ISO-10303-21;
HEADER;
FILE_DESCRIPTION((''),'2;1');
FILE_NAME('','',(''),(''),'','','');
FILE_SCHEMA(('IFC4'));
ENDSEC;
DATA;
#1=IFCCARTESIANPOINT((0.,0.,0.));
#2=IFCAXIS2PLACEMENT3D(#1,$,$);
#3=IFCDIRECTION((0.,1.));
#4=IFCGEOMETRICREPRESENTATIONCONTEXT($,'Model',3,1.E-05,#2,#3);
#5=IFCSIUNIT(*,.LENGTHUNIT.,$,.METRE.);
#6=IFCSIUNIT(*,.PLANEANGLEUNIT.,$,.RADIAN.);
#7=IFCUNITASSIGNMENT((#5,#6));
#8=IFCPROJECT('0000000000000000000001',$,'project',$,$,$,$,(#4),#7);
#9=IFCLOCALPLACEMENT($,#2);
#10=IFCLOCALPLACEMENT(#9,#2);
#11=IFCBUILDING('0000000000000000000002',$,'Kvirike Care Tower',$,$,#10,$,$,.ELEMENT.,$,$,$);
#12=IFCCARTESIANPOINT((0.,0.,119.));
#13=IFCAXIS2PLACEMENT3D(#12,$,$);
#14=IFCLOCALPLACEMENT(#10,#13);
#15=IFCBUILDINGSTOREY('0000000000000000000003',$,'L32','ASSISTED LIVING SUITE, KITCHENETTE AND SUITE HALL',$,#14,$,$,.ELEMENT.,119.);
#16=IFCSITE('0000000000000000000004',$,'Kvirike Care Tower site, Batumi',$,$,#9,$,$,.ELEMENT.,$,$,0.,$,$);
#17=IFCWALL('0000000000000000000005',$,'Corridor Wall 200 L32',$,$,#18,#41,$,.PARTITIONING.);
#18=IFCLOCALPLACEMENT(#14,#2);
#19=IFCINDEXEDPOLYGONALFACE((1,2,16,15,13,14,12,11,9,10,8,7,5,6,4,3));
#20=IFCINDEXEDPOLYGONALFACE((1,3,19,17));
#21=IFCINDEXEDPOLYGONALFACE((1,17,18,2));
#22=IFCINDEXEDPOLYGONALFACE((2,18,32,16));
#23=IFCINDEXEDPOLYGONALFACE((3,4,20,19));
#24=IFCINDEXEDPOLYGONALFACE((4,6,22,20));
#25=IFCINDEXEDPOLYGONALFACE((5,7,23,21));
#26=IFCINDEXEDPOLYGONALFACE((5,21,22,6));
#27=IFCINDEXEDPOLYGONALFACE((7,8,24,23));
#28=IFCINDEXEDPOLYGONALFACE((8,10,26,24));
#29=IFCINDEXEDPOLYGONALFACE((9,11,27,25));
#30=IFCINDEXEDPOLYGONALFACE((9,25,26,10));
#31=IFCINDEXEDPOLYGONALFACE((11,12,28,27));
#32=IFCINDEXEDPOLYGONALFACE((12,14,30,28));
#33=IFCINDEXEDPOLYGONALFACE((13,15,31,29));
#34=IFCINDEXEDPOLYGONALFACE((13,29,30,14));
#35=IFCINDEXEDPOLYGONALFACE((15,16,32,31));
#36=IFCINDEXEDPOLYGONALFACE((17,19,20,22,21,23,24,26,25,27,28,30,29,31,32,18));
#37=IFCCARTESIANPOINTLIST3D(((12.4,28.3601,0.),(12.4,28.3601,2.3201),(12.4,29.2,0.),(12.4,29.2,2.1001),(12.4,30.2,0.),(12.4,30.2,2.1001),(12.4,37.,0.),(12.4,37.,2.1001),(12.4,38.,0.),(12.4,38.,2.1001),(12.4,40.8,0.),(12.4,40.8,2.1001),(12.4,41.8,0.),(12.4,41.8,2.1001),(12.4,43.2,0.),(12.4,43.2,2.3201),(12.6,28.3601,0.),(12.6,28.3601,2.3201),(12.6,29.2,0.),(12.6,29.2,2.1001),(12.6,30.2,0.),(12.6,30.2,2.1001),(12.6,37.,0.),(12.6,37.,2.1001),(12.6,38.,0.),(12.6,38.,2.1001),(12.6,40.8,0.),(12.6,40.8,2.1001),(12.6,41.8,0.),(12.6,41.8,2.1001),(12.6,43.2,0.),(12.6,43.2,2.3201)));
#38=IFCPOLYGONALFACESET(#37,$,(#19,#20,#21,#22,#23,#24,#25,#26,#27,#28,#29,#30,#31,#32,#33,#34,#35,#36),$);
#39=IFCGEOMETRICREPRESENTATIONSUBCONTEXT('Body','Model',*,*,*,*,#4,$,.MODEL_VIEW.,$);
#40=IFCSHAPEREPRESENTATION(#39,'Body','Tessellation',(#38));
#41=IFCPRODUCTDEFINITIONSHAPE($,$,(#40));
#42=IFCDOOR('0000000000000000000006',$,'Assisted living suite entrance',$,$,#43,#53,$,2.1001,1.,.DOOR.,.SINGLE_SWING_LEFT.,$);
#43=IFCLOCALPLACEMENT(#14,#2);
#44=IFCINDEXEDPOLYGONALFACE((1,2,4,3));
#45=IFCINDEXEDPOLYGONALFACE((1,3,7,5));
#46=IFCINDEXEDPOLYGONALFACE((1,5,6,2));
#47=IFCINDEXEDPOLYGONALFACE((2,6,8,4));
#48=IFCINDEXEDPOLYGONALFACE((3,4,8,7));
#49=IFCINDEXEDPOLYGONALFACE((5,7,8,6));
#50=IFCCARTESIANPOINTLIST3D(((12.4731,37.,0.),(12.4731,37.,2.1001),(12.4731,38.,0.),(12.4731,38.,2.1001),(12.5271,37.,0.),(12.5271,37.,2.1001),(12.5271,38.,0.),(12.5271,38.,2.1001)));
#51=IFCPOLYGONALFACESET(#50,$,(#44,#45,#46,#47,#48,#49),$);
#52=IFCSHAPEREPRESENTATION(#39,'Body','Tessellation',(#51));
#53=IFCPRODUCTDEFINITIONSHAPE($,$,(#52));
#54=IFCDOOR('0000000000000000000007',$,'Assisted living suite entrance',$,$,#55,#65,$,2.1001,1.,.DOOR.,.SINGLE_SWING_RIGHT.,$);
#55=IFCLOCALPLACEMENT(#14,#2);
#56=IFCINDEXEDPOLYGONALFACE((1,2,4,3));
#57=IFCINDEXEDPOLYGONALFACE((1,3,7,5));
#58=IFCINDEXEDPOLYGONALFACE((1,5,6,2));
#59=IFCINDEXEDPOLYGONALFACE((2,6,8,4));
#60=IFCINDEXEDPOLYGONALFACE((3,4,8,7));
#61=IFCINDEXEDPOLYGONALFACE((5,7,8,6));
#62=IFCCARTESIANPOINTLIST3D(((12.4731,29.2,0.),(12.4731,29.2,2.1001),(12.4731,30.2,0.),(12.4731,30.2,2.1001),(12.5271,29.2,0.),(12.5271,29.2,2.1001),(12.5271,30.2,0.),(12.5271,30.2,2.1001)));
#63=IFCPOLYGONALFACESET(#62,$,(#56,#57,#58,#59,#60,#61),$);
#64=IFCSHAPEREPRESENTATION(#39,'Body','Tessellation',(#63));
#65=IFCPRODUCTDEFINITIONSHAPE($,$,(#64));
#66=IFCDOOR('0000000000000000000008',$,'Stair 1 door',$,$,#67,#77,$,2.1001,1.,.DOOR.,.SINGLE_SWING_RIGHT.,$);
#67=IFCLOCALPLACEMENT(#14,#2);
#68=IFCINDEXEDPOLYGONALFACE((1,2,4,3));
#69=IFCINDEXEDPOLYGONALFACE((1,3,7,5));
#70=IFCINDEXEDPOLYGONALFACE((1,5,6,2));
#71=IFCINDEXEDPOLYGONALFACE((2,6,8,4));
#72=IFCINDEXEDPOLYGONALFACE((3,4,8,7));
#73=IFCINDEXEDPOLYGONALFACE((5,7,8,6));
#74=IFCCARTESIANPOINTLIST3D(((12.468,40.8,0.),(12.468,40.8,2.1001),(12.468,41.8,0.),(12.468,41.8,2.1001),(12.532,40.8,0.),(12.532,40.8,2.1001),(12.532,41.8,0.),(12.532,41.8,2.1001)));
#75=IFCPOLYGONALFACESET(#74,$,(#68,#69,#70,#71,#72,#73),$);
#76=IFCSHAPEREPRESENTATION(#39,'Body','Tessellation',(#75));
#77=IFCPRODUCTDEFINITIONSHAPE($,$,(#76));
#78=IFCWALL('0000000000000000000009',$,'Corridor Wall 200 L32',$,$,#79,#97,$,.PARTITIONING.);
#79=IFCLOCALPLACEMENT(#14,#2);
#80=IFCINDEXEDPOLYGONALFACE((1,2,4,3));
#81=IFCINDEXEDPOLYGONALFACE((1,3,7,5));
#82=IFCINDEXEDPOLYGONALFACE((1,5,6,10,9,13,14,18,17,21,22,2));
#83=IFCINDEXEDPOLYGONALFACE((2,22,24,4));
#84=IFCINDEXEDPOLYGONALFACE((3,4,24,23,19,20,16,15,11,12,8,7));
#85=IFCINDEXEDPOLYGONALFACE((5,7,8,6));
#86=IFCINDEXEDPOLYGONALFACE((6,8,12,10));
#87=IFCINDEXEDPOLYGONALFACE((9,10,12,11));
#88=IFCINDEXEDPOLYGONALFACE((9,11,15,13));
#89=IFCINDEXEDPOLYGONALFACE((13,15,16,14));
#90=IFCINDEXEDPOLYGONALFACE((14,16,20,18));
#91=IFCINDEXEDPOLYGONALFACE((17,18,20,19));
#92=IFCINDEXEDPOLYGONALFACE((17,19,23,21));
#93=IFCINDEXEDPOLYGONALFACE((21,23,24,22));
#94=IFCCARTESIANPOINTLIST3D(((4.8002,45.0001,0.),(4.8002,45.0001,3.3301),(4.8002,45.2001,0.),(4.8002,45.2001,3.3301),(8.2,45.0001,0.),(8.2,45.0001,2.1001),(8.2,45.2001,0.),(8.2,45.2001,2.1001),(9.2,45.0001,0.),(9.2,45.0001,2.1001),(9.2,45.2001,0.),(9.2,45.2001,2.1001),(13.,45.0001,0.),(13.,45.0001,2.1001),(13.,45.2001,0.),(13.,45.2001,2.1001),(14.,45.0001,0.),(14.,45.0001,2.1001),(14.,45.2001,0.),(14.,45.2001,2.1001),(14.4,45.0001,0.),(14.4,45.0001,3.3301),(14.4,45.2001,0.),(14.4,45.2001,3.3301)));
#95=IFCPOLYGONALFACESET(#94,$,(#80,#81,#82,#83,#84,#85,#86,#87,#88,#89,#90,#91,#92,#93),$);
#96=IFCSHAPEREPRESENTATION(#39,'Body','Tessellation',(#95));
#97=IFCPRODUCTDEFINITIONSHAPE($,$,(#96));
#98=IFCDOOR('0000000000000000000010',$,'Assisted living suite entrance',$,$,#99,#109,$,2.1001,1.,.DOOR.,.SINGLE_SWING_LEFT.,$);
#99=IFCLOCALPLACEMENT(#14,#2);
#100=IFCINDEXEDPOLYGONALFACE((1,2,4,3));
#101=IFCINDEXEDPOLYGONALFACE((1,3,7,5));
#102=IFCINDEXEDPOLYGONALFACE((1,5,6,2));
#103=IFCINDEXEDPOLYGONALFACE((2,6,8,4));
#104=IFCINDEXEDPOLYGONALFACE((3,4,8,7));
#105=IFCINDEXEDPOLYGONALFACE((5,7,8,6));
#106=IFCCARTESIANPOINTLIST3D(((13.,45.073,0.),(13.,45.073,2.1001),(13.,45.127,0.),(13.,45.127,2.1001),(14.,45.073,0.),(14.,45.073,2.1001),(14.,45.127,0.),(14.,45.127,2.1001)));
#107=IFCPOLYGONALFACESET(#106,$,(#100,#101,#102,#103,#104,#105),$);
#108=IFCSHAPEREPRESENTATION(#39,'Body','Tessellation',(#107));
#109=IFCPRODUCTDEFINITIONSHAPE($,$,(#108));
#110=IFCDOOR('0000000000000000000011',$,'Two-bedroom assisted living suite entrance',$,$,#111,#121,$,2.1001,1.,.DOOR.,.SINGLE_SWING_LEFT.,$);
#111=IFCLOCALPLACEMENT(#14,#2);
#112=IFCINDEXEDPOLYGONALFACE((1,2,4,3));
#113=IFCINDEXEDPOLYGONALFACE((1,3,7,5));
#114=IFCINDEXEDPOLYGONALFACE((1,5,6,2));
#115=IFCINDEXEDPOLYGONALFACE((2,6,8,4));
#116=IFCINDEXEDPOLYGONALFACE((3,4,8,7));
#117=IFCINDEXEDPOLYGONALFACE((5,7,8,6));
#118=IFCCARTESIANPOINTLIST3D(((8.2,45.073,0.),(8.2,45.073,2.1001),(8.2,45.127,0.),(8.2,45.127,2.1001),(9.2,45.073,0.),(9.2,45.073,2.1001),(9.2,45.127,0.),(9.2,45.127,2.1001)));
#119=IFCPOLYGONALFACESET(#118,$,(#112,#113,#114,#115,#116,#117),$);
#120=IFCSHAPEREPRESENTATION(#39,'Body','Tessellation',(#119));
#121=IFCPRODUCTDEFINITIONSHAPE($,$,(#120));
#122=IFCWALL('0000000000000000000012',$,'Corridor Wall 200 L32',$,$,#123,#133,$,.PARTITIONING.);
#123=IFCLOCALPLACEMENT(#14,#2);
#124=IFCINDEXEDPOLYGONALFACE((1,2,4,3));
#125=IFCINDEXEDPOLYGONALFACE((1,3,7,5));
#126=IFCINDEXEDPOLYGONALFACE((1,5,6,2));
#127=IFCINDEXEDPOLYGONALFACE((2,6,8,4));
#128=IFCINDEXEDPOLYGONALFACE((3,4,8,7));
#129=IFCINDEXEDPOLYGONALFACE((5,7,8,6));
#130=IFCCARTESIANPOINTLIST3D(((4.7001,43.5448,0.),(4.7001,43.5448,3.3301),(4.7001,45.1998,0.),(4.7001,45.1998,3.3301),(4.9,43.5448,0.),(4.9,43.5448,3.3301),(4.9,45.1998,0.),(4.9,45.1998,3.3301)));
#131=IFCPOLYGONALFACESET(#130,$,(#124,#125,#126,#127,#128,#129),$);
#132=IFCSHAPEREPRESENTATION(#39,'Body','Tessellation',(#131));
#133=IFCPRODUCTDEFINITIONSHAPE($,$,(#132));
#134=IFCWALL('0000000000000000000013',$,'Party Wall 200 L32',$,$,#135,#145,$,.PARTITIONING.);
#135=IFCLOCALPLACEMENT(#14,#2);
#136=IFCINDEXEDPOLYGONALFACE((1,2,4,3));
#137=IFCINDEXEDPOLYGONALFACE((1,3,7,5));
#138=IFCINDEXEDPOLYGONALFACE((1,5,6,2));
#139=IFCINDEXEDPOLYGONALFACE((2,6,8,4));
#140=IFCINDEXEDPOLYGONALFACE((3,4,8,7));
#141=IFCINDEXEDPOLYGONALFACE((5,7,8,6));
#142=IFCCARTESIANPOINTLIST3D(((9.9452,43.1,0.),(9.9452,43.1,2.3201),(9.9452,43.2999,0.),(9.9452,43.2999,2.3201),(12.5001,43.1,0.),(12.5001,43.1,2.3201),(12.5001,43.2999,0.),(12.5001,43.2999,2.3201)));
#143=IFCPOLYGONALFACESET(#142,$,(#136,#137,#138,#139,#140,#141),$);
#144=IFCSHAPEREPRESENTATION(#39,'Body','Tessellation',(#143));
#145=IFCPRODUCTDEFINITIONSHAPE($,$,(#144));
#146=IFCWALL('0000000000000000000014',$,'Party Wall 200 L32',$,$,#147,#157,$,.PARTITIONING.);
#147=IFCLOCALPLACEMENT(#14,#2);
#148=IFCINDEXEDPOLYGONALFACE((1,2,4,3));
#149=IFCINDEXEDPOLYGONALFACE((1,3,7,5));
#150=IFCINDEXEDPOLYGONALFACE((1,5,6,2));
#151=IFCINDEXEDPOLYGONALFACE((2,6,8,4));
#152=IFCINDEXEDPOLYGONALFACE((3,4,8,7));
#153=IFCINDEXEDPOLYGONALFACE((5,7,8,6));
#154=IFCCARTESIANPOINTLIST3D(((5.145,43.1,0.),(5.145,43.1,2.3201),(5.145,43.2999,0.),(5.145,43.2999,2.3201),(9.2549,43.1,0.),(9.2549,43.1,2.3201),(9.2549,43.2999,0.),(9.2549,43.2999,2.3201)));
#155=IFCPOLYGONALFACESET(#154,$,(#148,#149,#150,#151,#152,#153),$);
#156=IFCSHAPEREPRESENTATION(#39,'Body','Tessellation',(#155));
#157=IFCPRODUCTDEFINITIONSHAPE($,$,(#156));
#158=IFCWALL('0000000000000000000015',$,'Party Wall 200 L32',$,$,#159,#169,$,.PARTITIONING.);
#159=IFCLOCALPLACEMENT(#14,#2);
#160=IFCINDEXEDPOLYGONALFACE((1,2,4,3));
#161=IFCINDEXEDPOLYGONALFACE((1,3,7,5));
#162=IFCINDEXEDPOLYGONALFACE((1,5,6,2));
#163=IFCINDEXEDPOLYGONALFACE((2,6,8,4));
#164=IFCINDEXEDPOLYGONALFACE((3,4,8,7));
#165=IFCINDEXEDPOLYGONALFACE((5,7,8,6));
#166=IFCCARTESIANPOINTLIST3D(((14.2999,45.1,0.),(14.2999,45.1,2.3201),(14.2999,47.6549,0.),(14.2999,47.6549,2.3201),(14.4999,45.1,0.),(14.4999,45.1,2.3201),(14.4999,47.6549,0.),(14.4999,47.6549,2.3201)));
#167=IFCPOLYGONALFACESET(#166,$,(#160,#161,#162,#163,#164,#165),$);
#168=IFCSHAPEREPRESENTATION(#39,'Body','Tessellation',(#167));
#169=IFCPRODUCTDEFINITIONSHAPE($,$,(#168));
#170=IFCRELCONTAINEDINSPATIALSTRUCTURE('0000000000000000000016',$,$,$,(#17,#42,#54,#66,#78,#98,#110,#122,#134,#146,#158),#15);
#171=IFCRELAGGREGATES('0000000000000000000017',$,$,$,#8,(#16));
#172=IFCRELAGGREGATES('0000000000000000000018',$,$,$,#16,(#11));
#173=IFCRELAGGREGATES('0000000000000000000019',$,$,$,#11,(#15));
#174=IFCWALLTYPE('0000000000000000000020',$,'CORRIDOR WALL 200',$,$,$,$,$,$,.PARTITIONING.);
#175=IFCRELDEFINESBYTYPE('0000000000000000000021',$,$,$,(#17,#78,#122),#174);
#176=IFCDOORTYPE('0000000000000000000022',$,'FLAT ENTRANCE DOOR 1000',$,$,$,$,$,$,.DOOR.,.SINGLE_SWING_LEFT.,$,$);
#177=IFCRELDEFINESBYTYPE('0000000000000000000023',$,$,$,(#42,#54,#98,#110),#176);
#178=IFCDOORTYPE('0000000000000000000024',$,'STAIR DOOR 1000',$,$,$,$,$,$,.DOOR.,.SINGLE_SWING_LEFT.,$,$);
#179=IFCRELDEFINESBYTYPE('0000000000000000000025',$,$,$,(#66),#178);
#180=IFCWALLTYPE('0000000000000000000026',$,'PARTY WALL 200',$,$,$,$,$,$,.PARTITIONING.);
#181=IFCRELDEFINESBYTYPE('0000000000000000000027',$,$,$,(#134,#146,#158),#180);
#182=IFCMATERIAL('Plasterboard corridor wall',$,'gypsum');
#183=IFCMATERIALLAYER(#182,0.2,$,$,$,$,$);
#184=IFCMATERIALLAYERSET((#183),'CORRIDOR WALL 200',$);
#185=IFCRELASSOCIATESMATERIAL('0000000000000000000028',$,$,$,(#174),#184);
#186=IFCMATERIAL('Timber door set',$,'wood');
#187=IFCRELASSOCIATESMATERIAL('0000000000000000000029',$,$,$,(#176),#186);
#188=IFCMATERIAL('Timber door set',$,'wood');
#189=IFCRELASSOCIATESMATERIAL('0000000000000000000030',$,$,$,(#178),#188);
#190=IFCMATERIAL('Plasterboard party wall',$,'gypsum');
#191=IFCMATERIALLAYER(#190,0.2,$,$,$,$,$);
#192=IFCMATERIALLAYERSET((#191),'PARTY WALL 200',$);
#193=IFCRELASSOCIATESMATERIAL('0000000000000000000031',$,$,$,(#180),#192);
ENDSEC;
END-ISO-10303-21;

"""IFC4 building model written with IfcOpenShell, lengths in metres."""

from ifc_helpers import new_model, si_unit, direction, frame, frame_2d, origin, place, context, subcontext, project, spatial, rectangle, extrude, material, layer, layer_set, type_object, element, fill, save


model = new_model("IFC4")

# Units and contexts
model_context = context("Model", 3, precision=1e-05, world=origin(), true_north=direction((0.0, 1.0)))
body_context = subcontext(model_context, "Body", "Model", "MODEL_VIEW")
ifc_project = project(units=[si_unit("LENGTHUNIT", "METRE"), si_unit("PLANEANGLEUNIT", "RADIAN")], contexts=[model_context])

# Site, building, storey
site_placement = place(None, origin())
site = spatial("IfcSite", under=ifc_project, at=site_placement, Name="Kvirike Care Tower site, Batumi", CompositionType="ELEMENT", RefElevation=0.0)
building_placement = place(site_placement, origin())
building = spatial("IfcBuilding", under=site, at=building_placement, Name="Kvirike Care Tower", CompositionType="ELEMENT")
storey_placement = place(building_placement, frame((0.0, 0.0, 119.0)))
storey = spatial("IfcBuildingStorey", under=building, at=storey_placement, Name="L32", Description="ASSISTED LIVING SUITE, KITCHENETTE AND SUITE HALL", CompositionType="ELEMENT", Elevation=119.0)

# Walls, openings, doors
ifc_material_1 = material(Name="Plasterboard corridor wall", Category="gypsum")
ifc_layer_1 = layer(ifc_material_1, 0.2)
ifc_layer_set_1 = layer_set([ifc_layer_1], Name="CORRIDOR WALL 200")
wall_type_1 = type_object("IfcWallType", Name="CORRIDOR WALL 200", PredefinedType="PARTITIONING", material=ifc_layer_set_1)
wall_1_placement = place(storey_placement, frame((12.5, 43.2, 0.0), z_axis=(0.0, 0.0, 1.0), x_axis=(0.0, -1.0, 0.0)))
wall_1 = element("IfcWall", 1, at=wall_1_placement, inside=storey, type_object=wall_type_1, Name="Corridor Wall 200 L32", PredefinedType="PARTITIONING", context=body_context, shape_type="SweptSolid", body=[
    extrude(rectangle(XDim=14.8398, YDim=0.2, at=frame_2d((7.4199, 0.0))), origin(), (0.0, 0.0, 1.0), 2.3201),
])
opening_1_placement = place(wall_1_placement, frame((1.3999, 0.0, 0.0)))
opening_1 = element("IfcOpeningElement", 2, at=opening_1_placement, cuts=wall_1, PredefinedType="OPENING", context=body_context, shape_type="SweptSolid", body=[
    extrude(rectangle(XDim=1.0, YDim=2.1001, at=frame_2d((0.5, 1.05))), frame((0.0, 0.1106, 0.0), z_axis=(0.0, -1.0, 0.0), x_axis=(1.0, 0.0, 0.0)), (0.0, 0.0, 1.0), 0.2209),
])
opening_2_placement = place(wall_1_placement, frame((5.2, 0.0, 0.0)))
opening_2 = element("IfcOpeningElement", 3, at=opening_2_placement, cuts=wall_1, PredefinedType="OPENING", context=body_context, shape_type="SweptSolid", body=[
    extrude(rectangle(XDim=1.0, YDim=2.1001, at=frame_2d((0.5, 1.05))), frame((0.0, 0.1106, 0.0), z_axis=(0.0, -1.0, 0.0), x_axis=(1.0, 0.0, 0.0)), (0.0, 0.0, 1.0), 0.2209),
])
opening_3_placement = place(wall_1_placement, frame((13.0, 0.0, 0.0)))
opening_3 = element("IfcOpeningElement", 4, at=opening_3_placement, cuts=wall_1, PredefinedType="OPENING", context=body_context, shape_type="SweptSolid", body=[
    extrude(rectangle(XDim=1.0, YDim=2.1001, at=frame_2d((0.5, 1.05))), frame((0.0, 0.1106, 0.0), z_axis=(0.0, -1.0, 0.0), x_axis=(1.0, 0.0, 0.0)), (0.0, 0.0, 1.0), 0.2209),
])
ifc_material_2 = material(Name="Timber door set", Category="wood")
door_type_1 = type_object("IfcDoorType", Name="FLAT ENTRANCE DOOR 1000", OperationType="SINGLE_SWING_LEFT", PredefinedType="DOOR", material=ifc_material_2)
door_1_placement = place(opening_2_placement, frame((1.0, 0.0, 0.0), z_axis=(0.0, 0.0, 1.0), x_axis=(-1.0, 0.0, 0.0)))
door_1 = element("IfcDoor", 5, at=door_1_placement, inside=storey, type_object=door_type_1, Name="Assisted living suite entrance", OperationType="SINGLE_SWING_LEFT", OverallHeight=2.1001, OverallWidth=1.0, PredefinedType="DOOR", context=body_context, shape_type="SweptSolid", body=[
    extrude(rectangle(XDim=1.0, YDim=2.1001, at=frame_2d((0.5, 1.05))), frame((0.0, 0.0269, 0.0), z_axis=(0.0, -1.0, 0.0), x_axis=(1.0, 0.0, 0.0)), (0.0, 0.0, 1.0), 0.054),
])
fill(opening_2, door_1)
door_2_placement = place(opening_3_placement, frame((1.0, 0.0, 0.0), z_axis=(0.0, 0.0, 1.0), x_axis=(-1.0, 0.0, 0.0)))
door_2 = element("IfcDoor", 6, at=door_2_placement, inside=storey, type_object=door_type_1, Name="Assisted living suite entrance", OperationType="SINGLE_SWING_RIGHT", OverallHeight=2.1001, OverallWidth=1.0, PredefinedType="DOOR", context=body_context, shape_type="SweptSolid", body=[
    extrude(rectangle(XDim=1.0, YDim=2.1001, at=frame_2d((0.5, 1.05))), frame((0.0, 0.0269, 0.0), z_axis=(0.0, -1.0, 0.0), x_axis=(1.0, 0.0, 0.0)), (0.0, 0.0, 1.0), 0.054),
])
fill(opening_3, door_2)
ifc_material_3 = material(Name="Timber door set", Category="wood")
door_type_2 = type_object("IfcDoorType", Name="STAIR DOOR 1000", OperationType="SINGLE_SWING_LEFT", PredefinedType="DOOR", material=ifc_material_3)
door_3_placement = place(opening_1_placement, frame((1.0, 0.0, 0.0), z_axis=(0.0, 0.0, 1.0), x_axis=(-1.0, 0.0, 0.0)))
door_3 = element("IfcDoor", 7, at=door_3_placement, inside=storey, type_object=door_type_2, Name="Stair 1 door", OperationType="SINGLE_SWING_RIGHT", OverallHeight=2.1001, OverallWidth=1.0, PredefinedType="DOOR", context=body_context, shape_type="SweptSolid", body=[
    extrude(rectangle(XDim=1.0, YDim=2.1001, at=frame_2d((0.5, 1.05))), frame((0.0, 0.032, 0.0), z_axis=(0.0, -1.0, 0.0), x_axis=(1.0, 0.0, 0.0)), (0.0, 0.0, 1.0), 0.064),
])
fill(opening_1, door_3)
wall_2_placement = place(storey_placement, frame((14.3999, 45.1001, 0.0), z_axis=(0.0, 0.0, 1.0), x_axis=(-1.0, 0.0, 0.0)))
wall_2 = element("IfcWall", 8, at=wall_2_placement, inside=storey, type_object=wall_type_1, Name="Corridor Wall 200 L32", PredefinedType="PARTITIONING", context=body_context, shape_type="SweptSolid", body=[
    extrude(rectangle(XDim=9.5999, YDim=0.2, at=frame_2d((4.7998, 0.0))), origin(), (0.0, 0.0, 1.0), 3.3301),
])
opening_4_placement = place(wall_2_placement, frame((0.3999, 0.0, 0.0)))
opening_4 = element("IfcOpeningElement", 9, at=opening_4_placement, cuts=wall_2, PredefinedType="OPENING", context=body_context, shape_type="SweptSolid", body=[
    extrude(rectangle(XDim=1.0, YDim=2.1001, at=frame_2d((0.5, 1.05))), frame((0.0, 0.1106, 0.0), z_axis=(0.0, -1.0, 0.0), x_axis=(1.0, 0.0, 0.0)), (0.0, 0.0, 1.0), 0.2209),
])
opening_5_placement = place(wall_2_placement, frame((5.2, 0.0, 0.0)))
opening_5 = element("IfcOpeningElement", 10, at=opening_5_placement, cuts=wall_2, PredefinedType="OPENING", context=body_context, shape_type="SweptSolid", body=[
    extrude(rectangle(XDim=1.0, YDim=2.1001, at=frame_2d((0.5, 1.05))), frame((0.0, 0.1106, 0.0), z_axis=(0.0, -1.0, 0.0), x_axis=(1.0, 0.0, 0.0)), (0.0, 0.0, 1.0), 0.2209),
])
door_4_placement = place(opening_4_placement, frame((1.0, 0.0, 0.0), z_axis=(0.0, 0.0, 1.0), x_axis=(-1.0, 0.0, 0.0)))
door_4 = element("IfcDoor", 11, at=door_4_placement, inside=storey, type_object=door_type_1, Name="Assisted living suite entrance", OperationType="SINGLE_SWING_LEFT", OverallHeight=2.1001, OverallWidth=1.0, PredefinedType="DOOR", context=body_context, shape_type="SweptSolid", body=[
    extrude(rectangle(XDim=1.0, YDim=2.1001, at=frame_2d((0.5, 1.05))), frame((0.0, 0.0269, 0.0), z_axis=(0.0, -1.0, 0.0), x_axis=(1.0, 0.0, 0.0)), (0.0, 0.0, 1.0), 0.054),
])
fill(opening_4, door_4)
door_5_placement = place(opening_5_placement, frame((1.0, 0.0, 0.0), z_axis=(0.0, 0.0, 1.0), x_axis=(-1.0, 0.0, 0.0)))
door_5 = element("IfcDoor", 12, at=door_5_placement, inside=storey, type_object=door_type_1, Name="Two-bedroom assisted living suite entrance", OperationType="SINGLE_SWING_LEFT", OverallHeight=2.1001, OverallWidth=1.0, PredefinedType="DOOR", context=body_context, shape_type="SweptSolid", body=[
    extrude(rectangle(XDim=1.0, YDim=2.1001, at=frame_2d((0.5, 1.05))), frame((0.0, 0.0269, 0.0), z_axis=(0.0, -1.0, 0.0), x_axis=(1.0, 0.0, 0.0)), (0.0, 0.0, 1.0), 0.054),
])
fill(opening_5, door_5)

# Walls
wall_3_placement = place(storey_placement, frame((4.8, 45.2, 0.0), z_axis=(0.0, 0.0, 1.0), x_axis=(0.0, -1.0, 0.0)))
element("IfcWall", 13, at=wall_3_placement, inside=storey, type_object=wall_type_1, Name="Corridor Wall 200 L32", PredefinedType="PARTITIONING", context=body_context, shape_type="SweptSolid", body=[
    extrude(rectangle(XDim=1.655, YDim=0.2, at=frame_2d((0.8276, 0.0))), origin(), (0.0, 0.0, 1.0), 3.3301),
])
ifc_material_4 = material(Name="Plasterboard party wall", Category="gypsum")
ifc_layer_2 = layer(ifc_material_4, 0.2)
ifc_layer_set_2 = layer_set([ifc_layer_2], Name="PARTY WALL 200")
wall_type_2 = type_object("IfcWallType", Name="PARTY WALL 200", PredefinedType="PARTITIONING", material=ifc_layer_set_2)
wall_4_placement = place(storey_placement, frame((12.5, 43.2, 0.0), z_axis=(0.0, 0.0, 1.0), x_axis=(-1.0, 0.0, 0.0)))
element("IfcWall", 14, at=wall_4_placement, inside=storey, type_object=wall_type_2, Name="Party Wall 200 L32", PredefinedType="PARTITIONING", context=body_context, shape_type="SweptSolid", body=[
    extrude(rectangle(XDim=2.5549, YDim=0.2, at=frame_2d((1.2773, 0.0))), origin(), (0.0, 0.0, 1.0), 2.3201),
])
wall_5_placement = place(storey_placement, frame((9.2549, 43.2, 0.0), z_axis=(0.0, 0.0, 1.0), x_axis=(-1.0, 0.0, 0.0)))
element("IfcWall", 15, at=wall_5_placement, inside=storey, type_object=wall_type_2, Name="Party Wall 200 L32", PredefinedType="PARTITIONING", context=body_context, shape_type="SweptSolid", body=[
    extrude(rectangle(XDim=4.1099, YDim=0.2, at=frame_2d((2.0549, 0.0))), origin(), (0.0, 0.0, 1.0), 2.3201),
])
wall_6_placement = place(storey_placement, frame((14.3999, 45.1001, 0.0), z_axis=(0.0, 0.0, 1.0), x_axis=(0.0, 1.0, 0.0)))
element("IfcWall", 16, at=wall_6_placement, inside=storey, type_object=wall_type_2, Name="Party Wall 200 L32", PredefinedType="PARTITIONING", context=body_context, shape_type="SweptSolid", body=[
    extrude(rectangle(XDim=2.5549, YDim=0.2, at=frame_2d((1.2773, 0.0))), origin(), (0.0, 0.0, 1.0), 2.3201),
])

save(model, "model.ifc")
